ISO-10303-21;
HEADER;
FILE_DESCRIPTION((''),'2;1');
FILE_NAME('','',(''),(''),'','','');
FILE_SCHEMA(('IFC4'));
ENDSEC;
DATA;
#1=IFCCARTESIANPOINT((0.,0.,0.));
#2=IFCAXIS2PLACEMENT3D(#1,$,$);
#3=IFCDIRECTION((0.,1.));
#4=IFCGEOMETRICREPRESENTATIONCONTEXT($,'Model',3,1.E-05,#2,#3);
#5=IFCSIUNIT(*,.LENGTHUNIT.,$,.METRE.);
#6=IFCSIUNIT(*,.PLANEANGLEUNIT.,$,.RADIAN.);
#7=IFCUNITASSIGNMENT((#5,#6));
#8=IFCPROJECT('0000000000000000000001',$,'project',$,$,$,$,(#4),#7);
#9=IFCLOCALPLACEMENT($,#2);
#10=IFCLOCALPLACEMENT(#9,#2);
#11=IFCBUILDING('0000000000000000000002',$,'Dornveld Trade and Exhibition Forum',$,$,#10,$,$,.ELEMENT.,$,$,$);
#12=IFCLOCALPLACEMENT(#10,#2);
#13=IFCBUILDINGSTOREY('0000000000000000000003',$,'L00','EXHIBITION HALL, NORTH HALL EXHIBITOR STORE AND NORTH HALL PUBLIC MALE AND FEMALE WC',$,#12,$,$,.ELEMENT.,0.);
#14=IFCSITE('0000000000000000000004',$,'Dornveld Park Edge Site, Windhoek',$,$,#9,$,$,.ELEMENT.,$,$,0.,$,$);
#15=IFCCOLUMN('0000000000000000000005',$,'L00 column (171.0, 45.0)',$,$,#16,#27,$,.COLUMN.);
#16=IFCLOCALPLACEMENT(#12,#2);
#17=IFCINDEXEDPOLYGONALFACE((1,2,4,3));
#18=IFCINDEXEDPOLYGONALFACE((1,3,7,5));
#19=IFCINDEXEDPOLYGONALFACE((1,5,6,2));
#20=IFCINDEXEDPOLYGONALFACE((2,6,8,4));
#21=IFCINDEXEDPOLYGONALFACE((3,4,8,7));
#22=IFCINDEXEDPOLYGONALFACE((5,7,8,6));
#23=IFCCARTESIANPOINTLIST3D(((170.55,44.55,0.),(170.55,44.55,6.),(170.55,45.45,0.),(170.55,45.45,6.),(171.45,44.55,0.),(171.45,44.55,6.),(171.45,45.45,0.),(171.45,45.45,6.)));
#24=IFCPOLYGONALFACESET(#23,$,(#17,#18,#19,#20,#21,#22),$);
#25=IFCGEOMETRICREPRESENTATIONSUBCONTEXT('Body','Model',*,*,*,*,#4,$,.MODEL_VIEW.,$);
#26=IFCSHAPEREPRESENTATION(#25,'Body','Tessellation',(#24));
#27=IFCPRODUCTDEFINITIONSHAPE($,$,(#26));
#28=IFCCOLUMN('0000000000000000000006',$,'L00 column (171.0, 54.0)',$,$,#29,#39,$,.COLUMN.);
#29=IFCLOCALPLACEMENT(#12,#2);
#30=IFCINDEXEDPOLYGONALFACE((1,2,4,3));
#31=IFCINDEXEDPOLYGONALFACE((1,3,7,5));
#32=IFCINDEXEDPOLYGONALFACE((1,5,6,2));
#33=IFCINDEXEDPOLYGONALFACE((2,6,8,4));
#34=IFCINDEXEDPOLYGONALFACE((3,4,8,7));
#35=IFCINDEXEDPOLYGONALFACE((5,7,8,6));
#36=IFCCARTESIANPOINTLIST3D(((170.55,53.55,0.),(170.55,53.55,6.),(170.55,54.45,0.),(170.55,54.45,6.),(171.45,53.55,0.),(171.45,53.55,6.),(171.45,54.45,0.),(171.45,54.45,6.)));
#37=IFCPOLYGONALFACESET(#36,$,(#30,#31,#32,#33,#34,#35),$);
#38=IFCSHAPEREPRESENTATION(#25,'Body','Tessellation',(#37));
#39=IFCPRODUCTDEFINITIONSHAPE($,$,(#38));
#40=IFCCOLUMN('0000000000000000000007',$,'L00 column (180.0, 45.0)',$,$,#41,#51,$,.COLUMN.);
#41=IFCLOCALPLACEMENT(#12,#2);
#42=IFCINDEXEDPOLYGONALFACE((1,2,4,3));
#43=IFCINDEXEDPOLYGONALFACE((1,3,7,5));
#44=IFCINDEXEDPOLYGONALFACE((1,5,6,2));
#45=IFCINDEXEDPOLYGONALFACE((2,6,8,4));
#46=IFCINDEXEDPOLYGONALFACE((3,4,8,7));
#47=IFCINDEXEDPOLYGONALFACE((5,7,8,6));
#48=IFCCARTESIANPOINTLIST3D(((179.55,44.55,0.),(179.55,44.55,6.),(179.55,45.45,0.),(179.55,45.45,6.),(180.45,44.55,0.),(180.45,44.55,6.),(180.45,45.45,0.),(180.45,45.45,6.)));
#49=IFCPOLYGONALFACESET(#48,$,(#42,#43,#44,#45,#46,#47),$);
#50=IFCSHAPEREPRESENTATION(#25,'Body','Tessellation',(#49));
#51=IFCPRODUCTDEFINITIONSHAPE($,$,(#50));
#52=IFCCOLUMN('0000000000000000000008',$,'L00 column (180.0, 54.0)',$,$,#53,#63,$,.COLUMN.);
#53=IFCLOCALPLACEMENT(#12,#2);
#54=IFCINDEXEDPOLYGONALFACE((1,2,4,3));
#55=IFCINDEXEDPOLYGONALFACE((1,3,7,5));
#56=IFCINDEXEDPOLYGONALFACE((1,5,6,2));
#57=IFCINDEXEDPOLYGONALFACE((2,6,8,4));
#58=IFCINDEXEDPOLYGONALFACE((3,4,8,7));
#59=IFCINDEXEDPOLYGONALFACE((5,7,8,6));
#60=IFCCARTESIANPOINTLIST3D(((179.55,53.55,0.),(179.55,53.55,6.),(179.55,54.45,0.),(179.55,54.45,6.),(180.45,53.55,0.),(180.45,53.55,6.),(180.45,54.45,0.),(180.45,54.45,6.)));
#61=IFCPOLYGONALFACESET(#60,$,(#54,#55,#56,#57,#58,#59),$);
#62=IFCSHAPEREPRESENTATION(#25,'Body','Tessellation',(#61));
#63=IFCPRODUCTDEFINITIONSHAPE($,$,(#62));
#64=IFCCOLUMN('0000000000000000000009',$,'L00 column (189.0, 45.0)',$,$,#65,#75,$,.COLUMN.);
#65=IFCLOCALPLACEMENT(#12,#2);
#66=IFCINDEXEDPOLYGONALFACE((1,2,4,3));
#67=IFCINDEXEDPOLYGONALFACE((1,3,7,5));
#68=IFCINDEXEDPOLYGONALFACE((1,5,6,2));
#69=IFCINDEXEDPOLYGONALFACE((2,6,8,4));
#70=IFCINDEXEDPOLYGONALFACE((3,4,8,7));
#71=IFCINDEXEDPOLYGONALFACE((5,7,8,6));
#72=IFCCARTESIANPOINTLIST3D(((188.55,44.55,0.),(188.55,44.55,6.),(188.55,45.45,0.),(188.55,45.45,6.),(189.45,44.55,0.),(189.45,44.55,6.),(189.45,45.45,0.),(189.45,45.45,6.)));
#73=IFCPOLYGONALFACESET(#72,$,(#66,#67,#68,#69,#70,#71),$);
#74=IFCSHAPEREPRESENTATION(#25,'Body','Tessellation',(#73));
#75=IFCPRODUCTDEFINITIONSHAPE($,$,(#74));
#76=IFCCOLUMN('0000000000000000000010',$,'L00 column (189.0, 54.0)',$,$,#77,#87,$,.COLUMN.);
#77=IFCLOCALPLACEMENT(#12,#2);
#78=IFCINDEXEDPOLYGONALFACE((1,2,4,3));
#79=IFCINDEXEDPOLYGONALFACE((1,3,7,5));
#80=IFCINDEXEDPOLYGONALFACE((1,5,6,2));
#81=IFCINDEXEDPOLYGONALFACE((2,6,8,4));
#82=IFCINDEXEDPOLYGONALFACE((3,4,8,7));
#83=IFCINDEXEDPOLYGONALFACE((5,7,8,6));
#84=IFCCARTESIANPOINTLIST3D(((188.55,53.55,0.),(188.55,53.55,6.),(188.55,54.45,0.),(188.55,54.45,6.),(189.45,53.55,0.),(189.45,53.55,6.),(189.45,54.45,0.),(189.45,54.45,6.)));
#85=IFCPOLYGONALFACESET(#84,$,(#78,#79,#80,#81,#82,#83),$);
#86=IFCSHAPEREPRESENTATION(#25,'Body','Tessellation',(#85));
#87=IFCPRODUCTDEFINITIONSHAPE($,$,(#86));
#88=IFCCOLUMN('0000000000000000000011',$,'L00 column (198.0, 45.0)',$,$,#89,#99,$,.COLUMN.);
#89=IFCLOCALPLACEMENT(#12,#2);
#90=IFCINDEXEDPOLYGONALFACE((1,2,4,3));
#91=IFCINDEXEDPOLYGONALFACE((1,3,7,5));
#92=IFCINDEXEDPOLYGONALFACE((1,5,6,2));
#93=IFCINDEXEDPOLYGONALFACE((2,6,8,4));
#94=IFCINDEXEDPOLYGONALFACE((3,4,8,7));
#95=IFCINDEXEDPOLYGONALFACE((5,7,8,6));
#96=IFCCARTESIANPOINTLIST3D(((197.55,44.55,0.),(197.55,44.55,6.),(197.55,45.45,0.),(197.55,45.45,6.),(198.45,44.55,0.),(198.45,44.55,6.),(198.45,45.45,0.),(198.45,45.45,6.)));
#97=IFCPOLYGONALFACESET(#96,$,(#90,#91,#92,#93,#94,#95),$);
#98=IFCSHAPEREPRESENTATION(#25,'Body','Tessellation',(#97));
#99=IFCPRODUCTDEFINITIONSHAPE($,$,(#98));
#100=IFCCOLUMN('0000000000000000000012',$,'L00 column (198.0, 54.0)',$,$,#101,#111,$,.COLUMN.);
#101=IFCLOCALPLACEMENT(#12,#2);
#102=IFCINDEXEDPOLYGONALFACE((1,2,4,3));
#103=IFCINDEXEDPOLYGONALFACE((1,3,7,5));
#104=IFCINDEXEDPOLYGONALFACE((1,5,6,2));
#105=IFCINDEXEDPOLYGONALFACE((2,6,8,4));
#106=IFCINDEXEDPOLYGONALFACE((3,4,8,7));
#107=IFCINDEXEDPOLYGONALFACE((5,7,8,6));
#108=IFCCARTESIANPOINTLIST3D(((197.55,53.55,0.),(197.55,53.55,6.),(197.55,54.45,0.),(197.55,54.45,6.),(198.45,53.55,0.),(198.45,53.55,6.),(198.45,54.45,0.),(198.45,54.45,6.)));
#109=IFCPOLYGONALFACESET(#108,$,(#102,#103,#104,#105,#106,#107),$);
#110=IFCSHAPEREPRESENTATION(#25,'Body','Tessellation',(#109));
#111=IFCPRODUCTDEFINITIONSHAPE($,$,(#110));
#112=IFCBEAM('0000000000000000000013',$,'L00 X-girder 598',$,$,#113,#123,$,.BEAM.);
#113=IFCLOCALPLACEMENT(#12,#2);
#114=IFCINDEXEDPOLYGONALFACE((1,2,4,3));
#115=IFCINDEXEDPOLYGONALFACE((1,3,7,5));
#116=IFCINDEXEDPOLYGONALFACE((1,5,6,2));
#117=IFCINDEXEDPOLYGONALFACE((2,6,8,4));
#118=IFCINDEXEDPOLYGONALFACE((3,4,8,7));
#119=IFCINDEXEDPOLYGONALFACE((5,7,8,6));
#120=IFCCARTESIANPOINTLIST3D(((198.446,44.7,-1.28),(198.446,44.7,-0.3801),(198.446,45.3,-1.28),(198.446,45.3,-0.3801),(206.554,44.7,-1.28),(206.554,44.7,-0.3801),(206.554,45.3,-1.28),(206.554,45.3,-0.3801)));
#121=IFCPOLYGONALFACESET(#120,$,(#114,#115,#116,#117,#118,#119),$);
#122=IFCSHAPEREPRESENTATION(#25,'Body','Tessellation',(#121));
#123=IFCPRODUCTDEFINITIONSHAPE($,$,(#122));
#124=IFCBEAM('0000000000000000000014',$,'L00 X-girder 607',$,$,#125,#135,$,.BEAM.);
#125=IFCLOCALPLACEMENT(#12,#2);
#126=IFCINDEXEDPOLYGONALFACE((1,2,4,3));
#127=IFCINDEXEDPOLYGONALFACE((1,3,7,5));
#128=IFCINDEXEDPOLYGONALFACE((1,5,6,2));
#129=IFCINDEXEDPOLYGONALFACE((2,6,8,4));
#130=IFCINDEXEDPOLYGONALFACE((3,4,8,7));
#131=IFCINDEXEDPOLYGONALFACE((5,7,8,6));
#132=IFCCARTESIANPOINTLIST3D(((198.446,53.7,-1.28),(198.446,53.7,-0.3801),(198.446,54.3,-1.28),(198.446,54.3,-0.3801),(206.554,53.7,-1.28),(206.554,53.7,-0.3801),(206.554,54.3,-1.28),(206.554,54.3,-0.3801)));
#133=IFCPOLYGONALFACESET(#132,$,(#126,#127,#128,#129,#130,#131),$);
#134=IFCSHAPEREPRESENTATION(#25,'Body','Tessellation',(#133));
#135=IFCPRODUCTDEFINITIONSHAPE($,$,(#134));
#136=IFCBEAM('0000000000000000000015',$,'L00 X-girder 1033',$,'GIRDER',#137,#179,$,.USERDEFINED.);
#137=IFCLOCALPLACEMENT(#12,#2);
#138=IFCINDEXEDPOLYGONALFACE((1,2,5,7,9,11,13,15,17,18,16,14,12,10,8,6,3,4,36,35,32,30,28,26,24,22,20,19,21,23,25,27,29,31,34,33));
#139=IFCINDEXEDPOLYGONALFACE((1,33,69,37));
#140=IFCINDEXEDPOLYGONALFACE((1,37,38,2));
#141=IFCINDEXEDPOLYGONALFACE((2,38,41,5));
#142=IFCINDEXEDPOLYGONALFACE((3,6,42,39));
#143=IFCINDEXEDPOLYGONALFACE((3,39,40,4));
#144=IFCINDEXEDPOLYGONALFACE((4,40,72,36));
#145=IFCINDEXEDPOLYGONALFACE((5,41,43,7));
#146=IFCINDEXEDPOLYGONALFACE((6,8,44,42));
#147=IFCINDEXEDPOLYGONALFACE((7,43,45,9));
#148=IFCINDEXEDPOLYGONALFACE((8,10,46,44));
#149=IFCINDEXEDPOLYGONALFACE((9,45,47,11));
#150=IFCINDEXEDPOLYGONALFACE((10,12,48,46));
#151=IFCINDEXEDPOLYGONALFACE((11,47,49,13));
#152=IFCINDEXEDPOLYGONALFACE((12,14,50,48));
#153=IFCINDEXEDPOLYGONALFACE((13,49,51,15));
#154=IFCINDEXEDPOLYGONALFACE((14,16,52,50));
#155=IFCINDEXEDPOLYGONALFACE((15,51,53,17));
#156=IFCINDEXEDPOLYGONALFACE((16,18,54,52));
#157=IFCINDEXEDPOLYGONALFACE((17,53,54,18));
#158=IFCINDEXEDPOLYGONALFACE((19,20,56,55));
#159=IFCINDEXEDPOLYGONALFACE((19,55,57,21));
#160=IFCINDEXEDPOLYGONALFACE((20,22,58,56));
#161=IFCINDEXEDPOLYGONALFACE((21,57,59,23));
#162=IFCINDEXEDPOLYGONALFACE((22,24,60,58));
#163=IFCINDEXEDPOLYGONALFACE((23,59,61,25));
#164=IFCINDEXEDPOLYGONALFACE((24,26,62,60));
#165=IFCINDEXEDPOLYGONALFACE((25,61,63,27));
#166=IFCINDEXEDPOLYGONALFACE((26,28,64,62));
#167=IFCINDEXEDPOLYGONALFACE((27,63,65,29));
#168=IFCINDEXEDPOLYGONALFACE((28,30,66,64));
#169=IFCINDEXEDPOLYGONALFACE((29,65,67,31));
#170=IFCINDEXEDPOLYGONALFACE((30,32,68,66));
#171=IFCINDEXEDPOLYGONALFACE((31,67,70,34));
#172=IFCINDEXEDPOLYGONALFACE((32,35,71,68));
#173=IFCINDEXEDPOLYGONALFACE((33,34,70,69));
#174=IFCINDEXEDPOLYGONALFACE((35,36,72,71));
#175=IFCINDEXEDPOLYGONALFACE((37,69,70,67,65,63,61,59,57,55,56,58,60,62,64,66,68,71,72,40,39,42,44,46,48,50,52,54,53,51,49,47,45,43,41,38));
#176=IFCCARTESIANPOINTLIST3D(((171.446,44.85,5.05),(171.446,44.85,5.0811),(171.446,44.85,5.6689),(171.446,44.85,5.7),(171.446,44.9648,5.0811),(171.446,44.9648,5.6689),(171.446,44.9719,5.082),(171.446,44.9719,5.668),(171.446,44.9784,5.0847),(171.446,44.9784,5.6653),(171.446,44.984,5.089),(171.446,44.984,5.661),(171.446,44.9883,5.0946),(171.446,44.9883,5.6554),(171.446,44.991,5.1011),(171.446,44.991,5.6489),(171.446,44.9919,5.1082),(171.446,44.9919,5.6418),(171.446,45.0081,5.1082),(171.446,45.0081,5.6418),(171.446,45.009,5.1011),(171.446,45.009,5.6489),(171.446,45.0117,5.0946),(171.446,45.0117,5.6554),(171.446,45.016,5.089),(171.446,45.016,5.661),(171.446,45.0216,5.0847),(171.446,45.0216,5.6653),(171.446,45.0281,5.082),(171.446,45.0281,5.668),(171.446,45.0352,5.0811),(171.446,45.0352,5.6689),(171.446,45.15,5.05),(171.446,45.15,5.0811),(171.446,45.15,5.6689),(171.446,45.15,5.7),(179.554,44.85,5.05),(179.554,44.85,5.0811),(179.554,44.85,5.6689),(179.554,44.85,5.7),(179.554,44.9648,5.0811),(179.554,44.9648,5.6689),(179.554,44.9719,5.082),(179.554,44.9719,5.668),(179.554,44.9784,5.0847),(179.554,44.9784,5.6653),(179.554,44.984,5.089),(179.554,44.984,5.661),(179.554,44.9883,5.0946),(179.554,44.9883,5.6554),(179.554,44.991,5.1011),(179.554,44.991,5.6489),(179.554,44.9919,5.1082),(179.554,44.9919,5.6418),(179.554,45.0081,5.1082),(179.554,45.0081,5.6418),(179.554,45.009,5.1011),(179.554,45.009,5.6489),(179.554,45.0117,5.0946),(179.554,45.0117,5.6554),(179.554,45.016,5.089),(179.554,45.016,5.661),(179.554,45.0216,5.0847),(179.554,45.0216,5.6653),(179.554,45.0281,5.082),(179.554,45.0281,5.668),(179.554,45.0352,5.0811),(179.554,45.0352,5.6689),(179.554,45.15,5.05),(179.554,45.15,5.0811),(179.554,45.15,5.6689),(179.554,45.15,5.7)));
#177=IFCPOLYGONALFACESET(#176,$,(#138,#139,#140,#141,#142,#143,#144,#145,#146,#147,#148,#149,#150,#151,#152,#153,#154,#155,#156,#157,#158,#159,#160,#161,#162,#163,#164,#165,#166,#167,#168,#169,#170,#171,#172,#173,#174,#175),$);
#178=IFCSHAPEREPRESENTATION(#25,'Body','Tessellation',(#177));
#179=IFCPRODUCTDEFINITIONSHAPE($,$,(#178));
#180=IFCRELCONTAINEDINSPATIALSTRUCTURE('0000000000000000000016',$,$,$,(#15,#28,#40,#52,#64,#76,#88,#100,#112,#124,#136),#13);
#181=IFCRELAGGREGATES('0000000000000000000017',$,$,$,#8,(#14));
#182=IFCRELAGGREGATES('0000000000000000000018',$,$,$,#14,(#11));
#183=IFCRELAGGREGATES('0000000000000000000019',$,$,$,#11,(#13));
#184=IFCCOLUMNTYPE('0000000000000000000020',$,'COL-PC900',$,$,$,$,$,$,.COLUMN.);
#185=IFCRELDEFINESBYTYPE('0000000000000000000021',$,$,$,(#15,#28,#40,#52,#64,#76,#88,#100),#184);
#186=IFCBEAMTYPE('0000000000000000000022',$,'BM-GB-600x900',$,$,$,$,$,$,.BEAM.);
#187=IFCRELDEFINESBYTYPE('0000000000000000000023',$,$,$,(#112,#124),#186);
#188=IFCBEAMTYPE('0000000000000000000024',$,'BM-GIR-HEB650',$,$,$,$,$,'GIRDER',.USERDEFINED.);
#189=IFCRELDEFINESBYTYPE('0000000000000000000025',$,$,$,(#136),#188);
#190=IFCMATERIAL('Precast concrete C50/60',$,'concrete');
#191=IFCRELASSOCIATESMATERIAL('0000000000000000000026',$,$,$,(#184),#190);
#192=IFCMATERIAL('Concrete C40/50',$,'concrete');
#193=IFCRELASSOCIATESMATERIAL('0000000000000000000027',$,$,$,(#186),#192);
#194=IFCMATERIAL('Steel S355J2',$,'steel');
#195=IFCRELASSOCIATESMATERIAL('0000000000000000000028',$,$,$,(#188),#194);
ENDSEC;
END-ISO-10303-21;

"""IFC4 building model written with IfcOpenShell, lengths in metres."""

from ifc_helpers import new_model, si_unit, direction, frame, origin, origin_2d, place, context, subcontext, project, spatial, rectangle, i_section, extrude, material, material_profile, profile_set, type_object, element, save


model = new_model("IFC4")

# Units and contexts
model_context = context("Model", 3, precision=1e-05, world=origin(), true_north=direction((0.0, 1.0)))
body_context = subcontext(model_context, "Body", "Model", "MODEL_VIEW")
ifc_project = project(units=[si_unit("LENGTHUNIT", "METRE"), si_unit("PLANEANGLEUNIT", "RADIAN")], contexts=[model_context])

# Site, building, storey
site_placement = place(None, origin())
site = spatial("IfcSite", under=ifc_project, at=site_placement, Name="Dornveld Park Edge Site, Windhoek", CompositionType="ELEMENT", RefElevation=0.0)
building_placement = place(site_placement, origin())
building = spatial("IfcBuilding", under=site, at=building_placement, Name="Dornveld Trade and Exhibition Forum", CompositionType="ELEMENT")
storey_placement = place(building_placement, origin())
storey = spatial("IfcBuildingStorey", under=building, at=storey_placement, Name="L00", Description="EXHIBITION HALL, NORTH HALL EXHIBITOR STORE AND NORTH HALL PUBLIC MALE AND FEMALE WC", CompositionType="ELEMENT", Elevation=0.0)

# Columns
ifc_material_1 = material(Name="Precast concrete C50/60", Category="concrete")
ifc_material_profile_1 = material_profile(ifc_material_1, rectangle(XDim=0.8999, YDim=0.8999, at=origin_2d()), Name="PC-COL 900x900")
ifc_profile_set_1 = profile_set([ifc_material_profile_1], Name="Precast concrete C50/60")
column_type = type_object("IfcColumnType", Name="COL-PC900", PredefinedType="COLUMN", material=ifc_profile_set_1)
for number, where, z_axis, x_axis, name in (
    (1, (171.0, 45.0, 0.0), (0.0, 0.0, 1.0), (1.0, 0.0, 0.0), "L00 column (171.0, 45.0)"),
    (2, (171.0, 54.0, 0.0), (0.0, 0.0, 1.0), (1.0, 0.0, 0.0), "L00 column (171.0, 54.0)"),
    (3, (180.0, 45.0, 0.0), (0.0, 0.0, 1.0), (1.0, 0.0, 0.0), "L00 column (180.0, 45.0)"),
    (4, (180.0, 54.0, 0.0), (0.0, 0.0, 1.0), (1.0, 0.0, 0.0), "L00 column (180.0, 54.0)"),
    (5, (189.0, 45.0, 0.0), (0.0, 0.0, 1.0), (1.0, 0.0, 0.0), "L00 column (189.0, 45.0)"),
    (6, (189.0, 54.0, 0.0), (0.0, 0.0, 1.0), (1.0, 0.0, 0.0), "L00 column (189.0, 54.0)"),
    (7, (198.0, 45.0, 0.0), (0.0, 0.0, 1.0), (1.0, 0.0, 0.0), "L00 column (198.0, 45.0)"),
    (8, (198.0, 54.0, 0.0), (0.0, 0.0, 1.0), (1.0, 0.0, 0.0), "L00 column (198.0, 54.0)"),
):
    element("IfcColumn", number, at=place(storey_placement, frame(where, z_axis=z_axis, x_axis=x_axis)), inside=storey, type_object=column_type, Name=name, PredefinedType="COLUMN", context=body_context, shape_type="SweptSolid", body=[
        extrude(rectangle(XDim=0.8999, YDim=0.8999, at=origin_2d()), origin(), (0.0, 0.0, 1.0), 6.0),
    ])

# Beams
ifc_material_2 = material(Name="Concrete C40/50", Category="concrete")
ifc_material_profile_2 = material_profile(ifc_material_2, rectangle(XDim=0.6001, YDim=0.8999, at=origin_2d()), Name="RC-GB 600x900")
ifc_profile_set_2 = profile_set([ifc_material_profile_2], Name="Concrete C40/50")
beam_type_1 = type_object("IfcBeamType", Name="BM-GB-600x900", PredefinedType="BEAM", material=ifc_profile_set_2)
for number, where, z_axis, x_axis, name in (
    (9, (198.446, 45.0, -0.8301), (1.0, 0.0, 0.0), (0.0, 1.0, 0.0), "L00 X-girder 598"),
    (10, (198.446, 54.0, -0.8301), (1.0, 0.0, 0.0), (0.0, 1.0, 0.0), "L00 X-girder 607"),
):
    element("IfcBeam", number, at=place(storey_placement, frame(where, z_axis=z_axis, x_axis=x_axis)), inside=storey, type_object=beam_type_1, Name=name, PredefinedType="BEAM", context=body_context, shape_type="SweptSolid", body=[
        extrude(rectangle(XDim=0.6001, YDim=0.8999, at=origin_2d()), origin(), (0.0, 0.0, 1.0), 8.1079),
    ])
ifc_material_3 = material(Name="Steel S355J2", Category="steel")
ifc_material_profile_3 = material_profile(ifc_material_3, i_section(OverallWidth=0.3, OverallDepth=0.6499, WebThickness=0.0161, FlangeThickness=0.031, FilletRadius=0.0271, at=origin_2d()), Name="HEB 650")
ifc_profile_set_3 = profile_set([ifc_material_profile_3], Name="Steel S355J2")
beam_type_2 = type_object("IfcBeamType", Name="BM-GIR-HEB650", ElementType="GIRDER", PredefinedType="USERDEFINED", material=ifc_profile_set_3)
for number, where, z_axis, x_axis, name in (
    (11, (171.446, 45.0, 5.375), (1.0, 0.0, 0.0), (0.0, 1.0, 0.0), "L00 X-girder 1033"),
):
    element("IfcBeam", number, at=place(storey_placement, frame(where, z_axis=z_axis, x_axis=x_axis)), inside=storey, type_object=beam_type_2, Name=name, ObjectType="GIRDER", PredefinedType="USERDEFINED", context=body_context, shape_type="SweptSolid", body=[
        extrude(i_section(OverallWidth=0.3, OverallDepth=0.6499, WebThickness=0.0161, FlangeThickness=0.031, FilletRadius=0.0271, at=origin_2d()), origin(), (0.0, 0.0, 1.0), 8.1079),
    ])

save(model, "model.ifc")
